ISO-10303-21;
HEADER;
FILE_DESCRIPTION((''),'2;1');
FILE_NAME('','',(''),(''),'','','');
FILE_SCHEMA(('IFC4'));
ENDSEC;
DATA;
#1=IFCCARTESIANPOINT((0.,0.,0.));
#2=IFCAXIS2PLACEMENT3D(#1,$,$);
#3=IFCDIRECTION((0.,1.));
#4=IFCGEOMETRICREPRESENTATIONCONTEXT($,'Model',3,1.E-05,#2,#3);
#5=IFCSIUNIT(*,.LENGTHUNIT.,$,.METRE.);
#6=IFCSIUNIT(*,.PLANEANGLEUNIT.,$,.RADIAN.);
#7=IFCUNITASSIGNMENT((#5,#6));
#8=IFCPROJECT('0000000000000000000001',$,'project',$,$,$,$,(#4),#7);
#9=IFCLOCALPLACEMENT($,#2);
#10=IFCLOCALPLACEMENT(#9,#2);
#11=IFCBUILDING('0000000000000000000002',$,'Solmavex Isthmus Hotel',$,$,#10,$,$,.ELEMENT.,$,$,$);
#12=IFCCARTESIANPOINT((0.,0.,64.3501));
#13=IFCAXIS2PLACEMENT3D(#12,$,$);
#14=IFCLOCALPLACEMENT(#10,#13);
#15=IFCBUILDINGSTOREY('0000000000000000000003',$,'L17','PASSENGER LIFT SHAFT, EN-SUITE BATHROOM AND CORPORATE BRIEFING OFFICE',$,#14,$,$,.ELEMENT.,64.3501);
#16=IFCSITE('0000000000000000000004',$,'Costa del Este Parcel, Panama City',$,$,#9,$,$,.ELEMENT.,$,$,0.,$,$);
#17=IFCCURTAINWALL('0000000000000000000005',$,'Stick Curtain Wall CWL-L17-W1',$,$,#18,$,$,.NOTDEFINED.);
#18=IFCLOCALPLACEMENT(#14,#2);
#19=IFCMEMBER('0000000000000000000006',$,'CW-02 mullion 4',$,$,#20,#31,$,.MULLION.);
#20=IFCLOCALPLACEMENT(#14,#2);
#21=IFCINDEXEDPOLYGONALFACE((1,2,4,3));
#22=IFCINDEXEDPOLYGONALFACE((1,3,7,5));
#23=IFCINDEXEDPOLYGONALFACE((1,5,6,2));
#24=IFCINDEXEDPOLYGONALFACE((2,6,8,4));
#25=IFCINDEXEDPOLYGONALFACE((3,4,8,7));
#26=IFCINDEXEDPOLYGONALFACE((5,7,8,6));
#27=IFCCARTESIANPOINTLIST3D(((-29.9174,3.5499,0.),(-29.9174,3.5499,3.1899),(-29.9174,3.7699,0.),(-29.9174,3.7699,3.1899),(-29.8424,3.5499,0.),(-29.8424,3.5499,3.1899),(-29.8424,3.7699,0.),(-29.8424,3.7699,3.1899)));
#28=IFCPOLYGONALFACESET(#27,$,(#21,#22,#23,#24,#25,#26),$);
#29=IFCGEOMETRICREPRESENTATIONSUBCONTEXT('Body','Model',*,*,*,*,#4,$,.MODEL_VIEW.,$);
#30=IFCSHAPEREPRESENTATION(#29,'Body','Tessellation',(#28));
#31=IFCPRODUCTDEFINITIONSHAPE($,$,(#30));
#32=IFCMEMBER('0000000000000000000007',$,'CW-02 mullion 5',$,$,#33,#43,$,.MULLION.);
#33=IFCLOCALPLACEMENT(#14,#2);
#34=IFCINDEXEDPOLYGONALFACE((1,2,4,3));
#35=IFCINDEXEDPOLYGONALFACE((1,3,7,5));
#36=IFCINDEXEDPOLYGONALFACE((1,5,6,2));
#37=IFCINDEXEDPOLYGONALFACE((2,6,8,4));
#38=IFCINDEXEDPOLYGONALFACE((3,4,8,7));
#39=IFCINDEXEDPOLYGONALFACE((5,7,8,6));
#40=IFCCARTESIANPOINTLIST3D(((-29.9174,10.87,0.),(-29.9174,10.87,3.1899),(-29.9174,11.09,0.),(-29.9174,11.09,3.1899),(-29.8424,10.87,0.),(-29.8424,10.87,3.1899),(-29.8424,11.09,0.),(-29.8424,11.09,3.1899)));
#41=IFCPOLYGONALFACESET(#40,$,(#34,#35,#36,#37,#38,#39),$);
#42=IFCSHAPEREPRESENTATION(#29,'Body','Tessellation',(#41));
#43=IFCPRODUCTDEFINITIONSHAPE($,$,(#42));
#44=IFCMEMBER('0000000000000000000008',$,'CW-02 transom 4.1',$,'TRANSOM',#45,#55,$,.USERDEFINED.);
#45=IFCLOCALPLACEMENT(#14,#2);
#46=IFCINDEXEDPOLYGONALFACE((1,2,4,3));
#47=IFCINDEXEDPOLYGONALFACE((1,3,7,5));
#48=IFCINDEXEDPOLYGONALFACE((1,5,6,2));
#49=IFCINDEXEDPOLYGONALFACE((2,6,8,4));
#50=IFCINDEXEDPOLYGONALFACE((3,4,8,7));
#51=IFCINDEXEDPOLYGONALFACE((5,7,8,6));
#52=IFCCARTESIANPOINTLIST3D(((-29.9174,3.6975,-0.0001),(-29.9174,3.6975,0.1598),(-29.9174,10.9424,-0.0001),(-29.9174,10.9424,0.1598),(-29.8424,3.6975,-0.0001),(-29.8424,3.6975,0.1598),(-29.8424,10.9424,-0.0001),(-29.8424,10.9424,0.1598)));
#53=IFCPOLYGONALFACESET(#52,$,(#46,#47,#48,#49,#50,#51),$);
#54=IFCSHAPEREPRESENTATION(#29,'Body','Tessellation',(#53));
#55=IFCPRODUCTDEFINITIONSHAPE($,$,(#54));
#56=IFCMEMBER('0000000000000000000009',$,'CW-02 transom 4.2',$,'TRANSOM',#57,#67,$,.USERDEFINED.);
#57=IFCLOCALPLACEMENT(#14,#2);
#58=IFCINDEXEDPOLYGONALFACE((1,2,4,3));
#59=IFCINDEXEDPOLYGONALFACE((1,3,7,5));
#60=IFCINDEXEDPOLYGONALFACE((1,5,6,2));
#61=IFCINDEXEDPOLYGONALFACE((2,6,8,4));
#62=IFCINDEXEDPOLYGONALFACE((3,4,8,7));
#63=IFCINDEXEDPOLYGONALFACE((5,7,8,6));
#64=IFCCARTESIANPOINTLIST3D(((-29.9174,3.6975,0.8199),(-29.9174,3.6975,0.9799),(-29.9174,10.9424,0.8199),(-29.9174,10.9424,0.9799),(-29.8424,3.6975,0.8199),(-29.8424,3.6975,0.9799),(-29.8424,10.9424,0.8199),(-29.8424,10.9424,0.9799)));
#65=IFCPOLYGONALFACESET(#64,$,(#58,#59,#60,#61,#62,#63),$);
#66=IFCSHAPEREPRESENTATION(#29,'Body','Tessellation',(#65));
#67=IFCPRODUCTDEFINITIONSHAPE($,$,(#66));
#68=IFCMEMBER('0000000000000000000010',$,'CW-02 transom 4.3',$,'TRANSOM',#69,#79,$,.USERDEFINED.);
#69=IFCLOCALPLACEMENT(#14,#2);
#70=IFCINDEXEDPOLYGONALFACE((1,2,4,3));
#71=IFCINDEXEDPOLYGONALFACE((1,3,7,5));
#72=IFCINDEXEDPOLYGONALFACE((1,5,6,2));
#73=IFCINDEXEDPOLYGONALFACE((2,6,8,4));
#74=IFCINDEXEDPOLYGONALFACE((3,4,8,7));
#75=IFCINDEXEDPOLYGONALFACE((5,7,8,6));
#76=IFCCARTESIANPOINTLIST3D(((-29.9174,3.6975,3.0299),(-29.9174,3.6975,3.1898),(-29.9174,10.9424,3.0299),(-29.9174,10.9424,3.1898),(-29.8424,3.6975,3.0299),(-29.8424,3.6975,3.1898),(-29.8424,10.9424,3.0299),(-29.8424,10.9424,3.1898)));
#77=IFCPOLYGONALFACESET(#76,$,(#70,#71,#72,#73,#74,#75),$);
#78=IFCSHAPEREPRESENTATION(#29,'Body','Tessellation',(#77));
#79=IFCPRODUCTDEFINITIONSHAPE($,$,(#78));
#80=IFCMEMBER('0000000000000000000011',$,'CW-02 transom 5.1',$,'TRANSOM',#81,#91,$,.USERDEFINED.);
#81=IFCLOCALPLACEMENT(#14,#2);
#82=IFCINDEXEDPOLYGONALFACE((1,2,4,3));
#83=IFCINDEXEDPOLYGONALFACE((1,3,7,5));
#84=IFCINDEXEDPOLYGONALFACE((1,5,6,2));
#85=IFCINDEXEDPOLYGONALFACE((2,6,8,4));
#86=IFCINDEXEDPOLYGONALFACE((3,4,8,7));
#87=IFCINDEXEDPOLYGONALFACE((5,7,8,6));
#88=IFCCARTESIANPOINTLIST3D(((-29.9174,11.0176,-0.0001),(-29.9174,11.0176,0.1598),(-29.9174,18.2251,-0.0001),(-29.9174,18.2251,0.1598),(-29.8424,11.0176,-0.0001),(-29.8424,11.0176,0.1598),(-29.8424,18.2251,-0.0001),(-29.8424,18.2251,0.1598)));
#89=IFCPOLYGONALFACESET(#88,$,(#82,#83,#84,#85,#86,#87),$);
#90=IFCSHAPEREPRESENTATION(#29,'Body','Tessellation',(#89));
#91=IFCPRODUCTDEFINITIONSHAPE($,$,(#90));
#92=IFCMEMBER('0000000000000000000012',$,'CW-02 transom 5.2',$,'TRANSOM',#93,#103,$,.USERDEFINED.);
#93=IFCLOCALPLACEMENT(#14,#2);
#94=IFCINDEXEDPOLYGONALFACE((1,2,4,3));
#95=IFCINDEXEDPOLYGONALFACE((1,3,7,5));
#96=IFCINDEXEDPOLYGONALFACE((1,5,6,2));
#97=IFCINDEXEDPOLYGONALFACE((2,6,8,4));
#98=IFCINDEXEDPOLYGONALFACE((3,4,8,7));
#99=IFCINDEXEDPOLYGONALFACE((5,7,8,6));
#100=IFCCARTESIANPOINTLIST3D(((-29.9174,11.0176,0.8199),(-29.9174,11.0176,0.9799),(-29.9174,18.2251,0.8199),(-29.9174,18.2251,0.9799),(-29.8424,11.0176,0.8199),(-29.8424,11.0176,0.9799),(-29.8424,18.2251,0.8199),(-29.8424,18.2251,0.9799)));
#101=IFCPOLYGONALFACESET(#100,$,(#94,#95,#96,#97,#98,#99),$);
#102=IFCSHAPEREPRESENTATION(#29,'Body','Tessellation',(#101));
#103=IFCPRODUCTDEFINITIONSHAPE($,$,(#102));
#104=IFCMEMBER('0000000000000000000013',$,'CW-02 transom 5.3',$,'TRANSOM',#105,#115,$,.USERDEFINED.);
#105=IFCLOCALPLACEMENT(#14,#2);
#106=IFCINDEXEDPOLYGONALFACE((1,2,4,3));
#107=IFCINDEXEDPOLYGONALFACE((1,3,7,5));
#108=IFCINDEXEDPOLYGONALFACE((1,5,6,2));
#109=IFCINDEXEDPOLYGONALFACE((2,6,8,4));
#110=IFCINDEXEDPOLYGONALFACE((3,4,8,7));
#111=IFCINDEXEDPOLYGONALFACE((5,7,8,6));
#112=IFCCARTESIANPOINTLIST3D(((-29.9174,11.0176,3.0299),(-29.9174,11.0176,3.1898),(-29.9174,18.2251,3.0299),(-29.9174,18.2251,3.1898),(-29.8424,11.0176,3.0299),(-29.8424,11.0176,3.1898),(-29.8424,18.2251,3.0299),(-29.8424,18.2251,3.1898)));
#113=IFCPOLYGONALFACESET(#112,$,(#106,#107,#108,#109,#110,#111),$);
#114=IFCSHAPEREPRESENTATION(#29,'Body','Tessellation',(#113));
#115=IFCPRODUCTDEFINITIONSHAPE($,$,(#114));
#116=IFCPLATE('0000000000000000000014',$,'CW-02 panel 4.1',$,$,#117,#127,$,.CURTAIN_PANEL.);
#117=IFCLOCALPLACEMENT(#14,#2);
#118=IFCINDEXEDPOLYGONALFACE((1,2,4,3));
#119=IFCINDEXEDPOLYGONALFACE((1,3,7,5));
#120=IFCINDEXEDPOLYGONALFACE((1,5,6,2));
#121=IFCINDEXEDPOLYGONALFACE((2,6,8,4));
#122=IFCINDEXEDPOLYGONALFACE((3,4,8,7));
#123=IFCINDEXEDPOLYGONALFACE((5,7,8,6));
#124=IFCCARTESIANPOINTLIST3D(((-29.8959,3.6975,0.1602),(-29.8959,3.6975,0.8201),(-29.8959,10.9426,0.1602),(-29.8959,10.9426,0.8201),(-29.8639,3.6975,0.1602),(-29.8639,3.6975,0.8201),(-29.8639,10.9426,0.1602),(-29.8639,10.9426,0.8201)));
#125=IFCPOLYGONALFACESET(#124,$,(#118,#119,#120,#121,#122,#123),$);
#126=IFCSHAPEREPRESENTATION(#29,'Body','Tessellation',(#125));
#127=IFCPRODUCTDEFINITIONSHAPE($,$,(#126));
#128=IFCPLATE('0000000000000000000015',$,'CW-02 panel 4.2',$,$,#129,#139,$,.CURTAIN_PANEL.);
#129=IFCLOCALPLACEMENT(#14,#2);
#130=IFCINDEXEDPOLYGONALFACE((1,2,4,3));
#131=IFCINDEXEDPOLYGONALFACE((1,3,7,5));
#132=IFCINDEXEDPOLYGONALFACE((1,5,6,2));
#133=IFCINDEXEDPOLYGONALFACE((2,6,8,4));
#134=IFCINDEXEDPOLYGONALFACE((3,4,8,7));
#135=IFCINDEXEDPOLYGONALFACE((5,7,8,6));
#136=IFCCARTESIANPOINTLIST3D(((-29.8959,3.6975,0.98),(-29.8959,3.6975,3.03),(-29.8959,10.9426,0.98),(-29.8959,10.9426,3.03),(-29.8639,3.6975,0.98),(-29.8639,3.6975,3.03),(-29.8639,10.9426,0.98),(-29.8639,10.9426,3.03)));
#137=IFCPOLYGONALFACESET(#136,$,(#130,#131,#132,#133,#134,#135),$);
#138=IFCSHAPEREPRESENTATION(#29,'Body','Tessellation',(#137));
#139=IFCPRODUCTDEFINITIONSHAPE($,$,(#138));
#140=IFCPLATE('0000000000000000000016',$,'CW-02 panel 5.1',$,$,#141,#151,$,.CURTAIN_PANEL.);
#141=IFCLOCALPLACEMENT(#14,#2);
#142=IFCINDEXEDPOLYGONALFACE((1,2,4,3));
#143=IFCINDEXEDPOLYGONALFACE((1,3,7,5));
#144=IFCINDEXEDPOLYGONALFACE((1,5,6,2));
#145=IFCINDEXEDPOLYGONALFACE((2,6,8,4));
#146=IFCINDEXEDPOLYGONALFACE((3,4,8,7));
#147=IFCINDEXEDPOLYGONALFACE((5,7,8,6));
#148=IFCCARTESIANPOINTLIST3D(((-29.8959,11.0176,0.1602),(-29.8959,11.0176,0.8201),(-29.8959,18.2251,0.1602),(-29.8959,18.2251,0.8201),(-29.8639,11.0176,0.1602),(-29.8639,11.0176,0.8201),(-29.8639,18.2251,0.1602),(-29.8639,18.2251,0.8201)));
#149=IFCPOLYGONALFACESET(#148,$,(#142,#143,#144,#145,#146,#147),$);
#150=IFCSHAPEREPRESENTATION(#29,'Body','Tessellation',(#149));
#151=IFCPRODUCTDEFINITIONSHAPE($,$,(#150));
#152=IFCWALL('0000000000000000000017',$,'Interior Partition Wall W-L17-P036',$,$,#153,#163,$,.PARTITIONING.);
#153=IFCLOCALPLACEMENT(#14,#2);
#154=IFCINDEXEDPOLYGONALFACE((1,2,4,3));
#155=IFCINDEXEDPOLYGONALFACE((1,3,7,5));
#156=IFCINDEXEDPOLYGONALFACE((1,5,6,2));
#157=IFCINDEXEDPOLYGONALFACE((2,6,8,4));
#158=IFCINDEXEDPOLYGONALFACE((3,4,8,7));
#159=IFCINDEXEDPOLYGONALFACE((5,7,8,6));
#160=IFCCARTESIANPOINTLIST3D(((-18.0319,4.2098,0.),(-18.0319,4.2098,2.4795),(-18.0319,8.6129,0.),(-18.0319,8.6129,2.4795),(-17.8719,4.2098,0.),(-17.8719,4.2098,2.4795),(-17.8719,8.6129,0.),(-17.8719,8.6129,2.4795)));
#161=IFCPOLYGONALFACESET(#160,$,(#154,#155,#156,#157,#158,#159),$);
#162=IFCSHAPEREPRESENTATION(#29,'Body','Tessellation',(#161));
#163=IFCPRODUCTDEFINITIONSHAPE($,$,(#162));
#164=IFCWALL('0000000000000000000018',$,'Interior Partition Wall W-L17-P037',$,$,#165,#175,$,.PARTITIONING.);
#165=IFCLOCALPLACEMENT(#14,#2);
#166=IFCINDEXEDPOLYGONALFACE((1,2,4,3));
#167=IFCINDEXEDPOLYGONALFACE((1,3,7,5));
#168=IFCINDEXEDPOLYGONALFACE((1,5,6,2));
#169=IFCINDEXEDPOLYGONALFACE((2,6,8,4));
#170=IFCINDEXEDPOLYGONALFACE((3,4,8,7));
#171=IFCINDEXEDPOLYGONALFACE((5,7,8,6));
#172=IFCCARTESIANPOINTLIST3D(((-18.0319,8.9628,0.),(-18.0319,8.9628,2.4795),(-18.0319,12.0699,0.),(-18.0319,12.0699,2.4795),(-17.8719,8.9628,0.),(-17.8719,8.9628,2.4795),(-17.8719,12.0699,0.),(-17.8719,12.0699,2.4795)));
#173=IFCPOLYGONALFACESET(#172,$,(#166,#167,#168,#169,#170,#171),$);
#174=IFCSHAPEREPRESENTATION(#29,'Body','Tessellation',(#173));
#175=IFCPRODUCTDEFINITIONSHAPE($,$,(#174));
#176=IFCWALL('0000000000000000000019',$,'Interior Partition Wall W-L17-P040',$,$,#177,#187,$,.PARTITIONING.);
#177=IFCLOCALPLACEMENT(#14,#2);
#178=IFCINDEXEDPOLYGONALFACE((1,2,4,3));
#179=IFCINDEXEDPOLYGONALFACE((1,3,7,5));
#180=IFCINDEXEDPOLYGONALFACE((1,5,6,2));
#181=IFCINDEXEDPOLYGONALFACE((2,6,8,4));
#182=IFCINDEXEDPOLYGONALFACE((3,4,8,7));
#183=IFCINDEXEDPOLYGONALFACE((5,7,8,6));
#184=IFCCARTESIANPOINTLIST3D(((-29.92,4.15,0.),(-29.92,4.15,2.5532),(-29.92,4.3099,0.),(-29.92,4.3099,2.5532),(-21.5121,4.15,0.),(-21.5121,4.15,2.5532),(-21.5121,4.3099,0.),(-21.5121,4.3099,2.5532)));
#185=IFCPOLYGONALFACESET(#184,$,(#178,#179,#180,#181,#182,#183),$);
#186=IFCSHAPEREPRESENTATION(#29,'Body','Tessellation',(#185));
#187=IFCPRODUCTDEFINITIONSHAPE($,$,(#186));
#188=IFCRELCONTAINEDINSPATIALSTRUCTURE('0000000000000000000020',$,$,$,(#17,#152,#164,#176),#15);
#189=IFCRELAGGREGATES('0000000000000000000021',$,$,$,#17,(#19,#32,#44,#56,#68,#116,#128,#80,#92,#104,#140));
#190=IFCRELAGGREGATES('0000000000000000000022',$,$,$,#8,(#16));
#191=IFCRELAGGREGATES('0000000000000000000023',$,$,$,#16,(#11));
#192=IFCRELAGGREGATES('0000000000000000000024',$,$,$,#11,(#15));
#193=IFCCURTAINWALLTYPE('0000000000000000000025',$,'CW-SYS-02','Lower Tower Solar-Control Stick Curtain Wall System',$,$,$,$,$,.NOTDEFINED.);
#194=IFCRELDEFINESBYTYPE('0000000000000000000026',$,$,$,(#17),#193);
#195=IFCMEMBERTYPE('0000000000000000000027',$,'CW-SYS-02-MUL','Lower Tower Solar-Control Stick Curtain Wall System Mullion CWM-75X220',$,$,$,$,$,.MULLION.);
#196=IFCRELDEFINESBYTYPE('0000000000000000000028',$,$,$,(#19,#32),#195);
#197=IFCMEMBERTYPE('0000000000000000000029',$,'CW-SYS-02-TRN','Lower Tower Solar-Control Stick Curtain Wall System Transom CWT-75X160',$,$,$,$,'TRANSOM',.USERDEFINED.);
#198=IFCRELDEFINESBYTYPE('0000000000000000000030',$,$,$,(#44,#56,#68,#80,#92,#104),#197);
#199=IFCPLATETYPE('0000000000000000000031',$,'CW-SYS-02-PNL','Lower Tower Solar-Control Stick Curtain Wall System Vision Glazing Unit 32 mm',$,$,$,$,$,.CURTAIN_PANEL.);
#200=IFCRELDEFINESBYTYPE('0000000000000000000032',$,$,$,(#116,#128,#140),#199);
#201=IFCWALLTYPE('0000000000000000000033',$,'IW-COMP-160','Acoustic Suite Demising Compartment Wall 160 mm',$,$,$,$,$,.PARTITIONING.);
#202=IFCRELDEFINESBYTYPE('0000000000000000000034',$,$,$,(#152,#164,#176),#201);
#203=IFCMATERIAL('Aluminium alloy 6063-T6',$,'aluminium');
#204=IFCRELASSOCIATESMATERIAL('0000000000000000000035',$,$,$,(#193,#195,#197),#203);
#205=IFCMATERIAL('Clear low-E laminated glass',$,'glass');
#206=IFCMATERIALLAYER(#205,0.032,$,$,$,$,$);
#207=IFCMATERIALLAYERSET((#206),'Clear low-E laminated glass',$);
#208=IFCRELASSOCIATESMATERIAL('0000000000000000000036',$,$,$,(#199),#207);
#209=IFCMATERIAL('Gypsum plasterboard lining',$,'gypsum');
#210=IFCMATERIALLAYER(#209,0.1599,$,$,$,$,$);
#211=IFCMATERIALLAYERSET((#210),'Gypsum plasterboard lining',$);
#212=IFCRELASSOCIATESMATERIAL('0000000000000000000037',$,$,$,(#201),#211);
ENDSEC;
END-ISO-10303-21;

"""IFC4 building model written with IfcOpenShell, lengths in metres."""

from ifc_helpers import new_model, si_unit, direction, frame, frame_2d, origin, origin_2d, place, context, subcontext, project, spatial, rectangle, extrude, material, layer, layer_set, material_profile, profile_set, type_object, element, aggregate, save


model = new_model("IFC4")

# Units and contexts
model_context = context("Model", 3, precision=1e-05, world=origin(), true_north=direction((0.0, 1.0)))
body_context = subcontext(model_context, "Body", "Model", "MODEL_VIEW")
ifc_project = project(units=[si_unit("LENGTHUNIT", "METRE"), si_unit("PLANEANGLEUNIT", "RADIAN")], contexts=[model_context])

# Site, building, storey
site_placement = place(None, origin())
site = spatial("IfcSite", under=ifc_project, at=site_placement, Name="Costa del Este Parcel, Panama City", CompositionType="ELEMENT", RefElevation=0.0)
building_placement = place(site_placement, origin())
building = spatial("IfcBuilding", under=site, at=building_placement, Name="Solmavex Isthmus Hotel", CompositionType="ELEMENT")
storey_placement = place(building_placement, frame((0.0, 0.0, 64.3501)))
storey = spatial("IfcBuildingStorey", under=building, at=storey_placement, Name="L17", Description="PASSENGER LIFT SHAFT, EN-SUITE BATHROOM AND CORPORATE BRIEFING OFFICE", CompositionType="ELEMENT", Elevation=64.3501)

# Curtain wall, members, plates
ifc_material_1 = material(Name="Aluminium alloy 6063-T6", Category="aluminium")
curtain_wall_type = type_object("IfcCurtainWallType", Name="CW-SYS-02", Description="Lower Tower Solar-Control Stick Curtain Wall System", PredefinedType="NOTDEFINED", material=ifc_material_1)
curtain_wall_placement = place(storey_placement, origin())
curtain_wall = element("IfcCurtainWall", 1, at=curtain_wall_placement, inside=storey, type_object=curtain_wall_type, Name="Stick Curtain Wall CWL-L17-W1", PredefinedType="NOTDEFINED")
ifc_material_profile_1 = material_profile(ifc_material_1, rectangle(XDim=0.075, YDim=0.22, at=origin_2d()), Name="CWM-75X220")
ifc_profile_set_1 = profile_set([ifc_material_profile_1], Name="Aluminium alloy 6063-T6")
member_type_1 = type_object("IfcMemberType", Name="CW-SYS-02-MUL", Description="Lower Tower Solar-Control Stick Curtain Wall System Mullion CWM-75X220", PredefinedType="MULLION", material=ifc_profile_set_1)
member_1_placement = place(storey_placement, frame((-29.8799, 3.6599, 0.0), z_axis=(0.0, 0.0, 1.0), x_axis=(-1.0, 0.0, 0.0)))
member_1 = element("IfcMember", 2, at=member_1_placement, type_object=member_type_1, Name="CW-02 mullion 4", PredefinedType="MULLION", context=body_context, shape_type="SweptSolid", body=[
    extrude(rectangle(XDim=0.075, YDim=0.22, at=origin_2d()), origin(), (0.0, 0.0, 1.0), 3.1899),
])
member_2_placement = place(storey_placement, frame((-29.8799, 10.98, 0.0), z_axis=(0.0, 0.0, 1.0), x_axis=(-1.0, 0.0, 0.0)))
member_2 = element("IfcMember", 3, at=member_2_placement, type_object=member_type_1, Name="CW-02 mullion 5", PredefinedType="MULLION", context=body_context, shape_type="SweptSolid", body=[
    extrude(rectangle(XDim=0.075, YDim=0.22, at=origin_2d()), origin(), (0.0, 0.0, 1.0), 3.1899),
])
ifc_material_profile_2 = material_profile(ifc_material_1, rectangle(XDim=0.075, YDim=0.1599, at=origin_2d()), Name="CWT-75X160")
ifc_profile_set_2 = profile_set([ifc_material_profile_2], Name="Aluminium alloy 6063-T6")
member_type_2 = type_object("IfcMemberType", Name="CW-SYS-02-TRN", Description="Lower Tower Solar-Control Stick Curtain Wall System Transom CWT-75X160", ElementType="TRANSOM", PredefinedType="USERDEFINED", material=ifc_profile_set_2)
member_3_placement = place(storey_placement, frame((-29.8799, 3.6975, 0.0798), z_axis=(0.0, 1.0, 0.0), x_axis=(-1.0, 0.0, 0.0)))
member_3 = element("IfcMember", 4, at=member_3_placement, type_object=member_type_2, Name="CW-02 transom 4.1", ObjectType="TRANSOM", PredefinedType="USERDEFINED", context=body_context, shape_type="SweptSolid", body=[
    extrude(rectangle(XDim=0.075, YDim=0.1599, at=origin_2d()), origin(), (0.0, 0.0, 1.0), 7.2449),
])
member_4_placement = place(storey_placement, frame((-29.8799, 3.6975, 0.8999), z_axis=(0.0, 1.0, 0.0), x_axis=(-1.0, 0.0, 0.0)))
member_4 = element("IfcMember", 5, at=member_4_placement, type_object=member_type_2, Name="CW-02 transom 4.2", ObjectType="TRANSOM", PredefinedType="USERDEFINED", context=body_context, shape_type="SweptSolid", body=[
    extrude(rectangle(XDim=0.075, YDim=0.1599, at=origin_2d()), origin(), (0.0, 0.0, 1.0), 7.2449),
])
member_5_placement = place(storey_placement, frame((-29.8799, 3.6975, 3.1099), z_axis=(0.0, 1.0, 0.0), x_axis=(-1.0, 0.0, 0.0)))
member_5 = element("IfcMember", 6, at=member_5_placement, type_object=member_type_2, Name="CW-02 transom 4.3", ObjectType="TRANSOM", PredefinedType="USERDEFINED", context=body_context, shape_type="SweptSolid", body=[
    extrude(rectangle(XDim=0.075, YDim=0.1599, at=origin_2d()), origin(), (0.0, 0.0, 1.0), 7.2449),
])
member_6_placement = place(storey_placement, frame((-29.8799, 11.0176, 0.0798), z_axis=(0.0, 1.0, 0.0), x_axis=(-1.0, 0.0, 0.0)))
member_6 = element("IfcMember", 7, at=member_6_placement, type_object=member_type_2, Name="CW-02 transom 5.1", ObjectType="TRANSOM", PredefinedType="USERDEFINED", context=body_context, shape_type="SweptSolid", body=[
    extrude(rectangle(XDim=0.075, YDim=0.1599, at=origin_2d()), origin(), (0.0, 0.0, 1.0), 7.2075),
])
member_7_placement = place(storey_placement, frame((-29.8799, 11.0176, 0.8999), z_axis=(0.0, 1.0, 0.0), x_axis=(-1.0, 0.0, 0.0)))
member_7 = element("IfcMember", 8, at=member_7_placement, type_object=member_type_2, Name="CW-02 transom 5.2", ObjectType="TRANSOM", PredefinedType="USERDEFINED", context=body_context, shape_type="SweptSolid", body=[
    extrude(rectangle(XDim=0.075, YDim=0.1599, at=origin_2d()), origin(), (0.0, 0.0, 1.0), 7.2075),
])
member_8_placement = place(storey_placement, frame((-29.8799, 11.0176, 3.1099), z_axis=(0.0, 1.0, 0.0), x_axis=(-1.0, 0.0, 0.0)))
member_8 = element("IfcMember", 9, at=member_8_placement, type_object=member_type_2, Name="CW-02 transom 5.3", ObjectType="TRANSOM", PredefinedType="USERDEFINED", context=body_context, shape_type="SweptSolid", body=[
    extrude(rectangle(XDim=0.075, YDim=0.1599, at=origin_2d()), origin(), (0.0, 0.0, 1.0), 7.2075),
])
ifc_material_2 = material(Name="Clear low-E laminated glass", Category="glass")
ifc_layer_1 = layer(ifc_material_2, 0.032)
ifc_layer_set_1 = layer_set([ifc_layer_1], Name="Clear low-E laminated glass")
plate_type = type_object("IfcPlateType", Name="CW-SYS-02-PNL", Description="Lower Tower Solar-Control Stick Curtain Wall System Vision Glazing Unit 32 mm", PredefinedType="CURTAIN_PANEL", material=ifc_layer_set_1)
plate_1_placement = place(storey_placement, frame((-29.8799, 7.3201, 0.1602), z_axis=(0.0, 0.0, 1.0), x_axis=(0.0, 1.0, 0.0)))
plate_1 = element("IfcPlate", 10, at=plate_1_placement, type_object=plate_type, Name="CW-02 panel 4.1", PredefinedType="CURTAIN_PANEL", context=body_context, shape_type="SweptSolid", body=[
    extrude(rectangle(XDim=7.2451, YDim=0.032, at=origin_2d()), origin(), (0.0, 0.0, 1.0), 0.6599),
])
plate_2_placement = place(storey_placement, frame((-29.8799, 7.3201, 0.98), z_axis=(0.0, 0.0, 1.0), x_axis=(0.0, 1.0, 0.0)))
plate_2 = element("IfcPlate", 11, at=plate_2_placement, type_object=plate_type, Name="CW-02 panel 4.2", PredefinedType="CURTAIN_PANEL", context=body_context, shape_type="SweptSolid", body=[
    extrude(rectangle(XDim=7.2451, YDim=0.032, at=origin_2d()), origin(), (0.0, 0.0, 1.0), 2.05),
])
plate_3_placement = place(storey_placement, frame((-29.8799, 14.6213, 0.1602), z_axis=(0.0, 0.0, 1.0), x_axis=(0.0, 1.0, 0.0)))
plate_3 = element("IfcPlate", 12, at=plate_3_placement, type_object=plate_type, Name="CW-02 panel 5.1", PredefinedType="CURTAIN_PANEL", context=body_context, shape_type="SweptSolid", body=[
    extrude(rectangle(XDim=7.2075, YDim=0.032, at=origin_2d()), origin(), (0.0, 0.0, 1.0), 0.6599),
])
aggregate(curtain_wall, [member_1, member_2, member_3, member_4, member_5, plate_1, plate_2, member_6, member_7, member_8, plate_3])

# Walls
ifc_material_3 = material(Name="Gypsum plasterboard lining", Category="gypsum")
ifc_layer_2 = layer(ifc_material_3, 0.1599)
ifc_layer_set_2 = layer_set([ifc_layer_2], Name="Gypsum plasterboard lining")
wall_type_1 = type_object("IfcWallType", Name="IW-COMP-160", Description="Acoustic Suite Demising Compartment Wall 160 mm", PredefinedType="PARTITIONING", material=ifc_layer_set_2)
wall_1_placement = place(storey_placement, frame((-17.9519, 8.613, 0.0), z_axis=(0.0, 0.0, 1.0), x_axis=(0.0, -1.0, 0.0)))
element("IfcWall", 13, at=wall_1_placement, inside=storey, type_object=wall_type_1, Name="Interior Partition Wall W-L17-P036", PredefinedType="PARTITIONING", context=body_context, shape_type="SweptSolid", body=[
    extrude(rectangle(XDim=4.4031, YDim=0.1599, at=frame_2d((2.2017, 0.0))), origin(), (0.0, 0.0, 1.0), 2.4795),
])
wall_2_placement = place(storey_placement, frame((-17.9519, 12.0701, 0.0), z_axis=(0.0, 0.0, 1.0), x_axis=(0.0, -1.0, 0.0)))
element("IfcWall", 14, at=wall_2_placement, inside=storey, type_object=wall_type_1, Name="Interior Partition Wall W-L17-P037", PredefinedType="PARTITIONING", context=body_context, shape_type="SweptSolid", body=[
    extrude(rectangle(XDim=3.1072, YDim=0.1599, at=frame_2d((1.5537, 0.0))), origin(), (0.0, 0.0, 1.0), 2.4795),
])
wall_3_placement = place(storey_placement, frame((-21.512, 4.23, 0.0), z_axis=(0.0, 0.0, 1.0), x_axis=(-1.0, 0.0, 0.0)))
element("IfcWall", 15, at=wall_3_placement, inside=storey, type_object=wall_type_1, Name="Interior Partition Wall W-L17-P040", PredefinedType="PARTITIONING", context=body_context, shape_type="SweptSolid", body=[
    extrude(rectangle(XDim=8.408, YDim=0.1599, at=frame_2d((4.2041, 0.0))), origin(), (0.0, 0.0, 1.0), 2.5532),
])

save(model, "model.ifc")
